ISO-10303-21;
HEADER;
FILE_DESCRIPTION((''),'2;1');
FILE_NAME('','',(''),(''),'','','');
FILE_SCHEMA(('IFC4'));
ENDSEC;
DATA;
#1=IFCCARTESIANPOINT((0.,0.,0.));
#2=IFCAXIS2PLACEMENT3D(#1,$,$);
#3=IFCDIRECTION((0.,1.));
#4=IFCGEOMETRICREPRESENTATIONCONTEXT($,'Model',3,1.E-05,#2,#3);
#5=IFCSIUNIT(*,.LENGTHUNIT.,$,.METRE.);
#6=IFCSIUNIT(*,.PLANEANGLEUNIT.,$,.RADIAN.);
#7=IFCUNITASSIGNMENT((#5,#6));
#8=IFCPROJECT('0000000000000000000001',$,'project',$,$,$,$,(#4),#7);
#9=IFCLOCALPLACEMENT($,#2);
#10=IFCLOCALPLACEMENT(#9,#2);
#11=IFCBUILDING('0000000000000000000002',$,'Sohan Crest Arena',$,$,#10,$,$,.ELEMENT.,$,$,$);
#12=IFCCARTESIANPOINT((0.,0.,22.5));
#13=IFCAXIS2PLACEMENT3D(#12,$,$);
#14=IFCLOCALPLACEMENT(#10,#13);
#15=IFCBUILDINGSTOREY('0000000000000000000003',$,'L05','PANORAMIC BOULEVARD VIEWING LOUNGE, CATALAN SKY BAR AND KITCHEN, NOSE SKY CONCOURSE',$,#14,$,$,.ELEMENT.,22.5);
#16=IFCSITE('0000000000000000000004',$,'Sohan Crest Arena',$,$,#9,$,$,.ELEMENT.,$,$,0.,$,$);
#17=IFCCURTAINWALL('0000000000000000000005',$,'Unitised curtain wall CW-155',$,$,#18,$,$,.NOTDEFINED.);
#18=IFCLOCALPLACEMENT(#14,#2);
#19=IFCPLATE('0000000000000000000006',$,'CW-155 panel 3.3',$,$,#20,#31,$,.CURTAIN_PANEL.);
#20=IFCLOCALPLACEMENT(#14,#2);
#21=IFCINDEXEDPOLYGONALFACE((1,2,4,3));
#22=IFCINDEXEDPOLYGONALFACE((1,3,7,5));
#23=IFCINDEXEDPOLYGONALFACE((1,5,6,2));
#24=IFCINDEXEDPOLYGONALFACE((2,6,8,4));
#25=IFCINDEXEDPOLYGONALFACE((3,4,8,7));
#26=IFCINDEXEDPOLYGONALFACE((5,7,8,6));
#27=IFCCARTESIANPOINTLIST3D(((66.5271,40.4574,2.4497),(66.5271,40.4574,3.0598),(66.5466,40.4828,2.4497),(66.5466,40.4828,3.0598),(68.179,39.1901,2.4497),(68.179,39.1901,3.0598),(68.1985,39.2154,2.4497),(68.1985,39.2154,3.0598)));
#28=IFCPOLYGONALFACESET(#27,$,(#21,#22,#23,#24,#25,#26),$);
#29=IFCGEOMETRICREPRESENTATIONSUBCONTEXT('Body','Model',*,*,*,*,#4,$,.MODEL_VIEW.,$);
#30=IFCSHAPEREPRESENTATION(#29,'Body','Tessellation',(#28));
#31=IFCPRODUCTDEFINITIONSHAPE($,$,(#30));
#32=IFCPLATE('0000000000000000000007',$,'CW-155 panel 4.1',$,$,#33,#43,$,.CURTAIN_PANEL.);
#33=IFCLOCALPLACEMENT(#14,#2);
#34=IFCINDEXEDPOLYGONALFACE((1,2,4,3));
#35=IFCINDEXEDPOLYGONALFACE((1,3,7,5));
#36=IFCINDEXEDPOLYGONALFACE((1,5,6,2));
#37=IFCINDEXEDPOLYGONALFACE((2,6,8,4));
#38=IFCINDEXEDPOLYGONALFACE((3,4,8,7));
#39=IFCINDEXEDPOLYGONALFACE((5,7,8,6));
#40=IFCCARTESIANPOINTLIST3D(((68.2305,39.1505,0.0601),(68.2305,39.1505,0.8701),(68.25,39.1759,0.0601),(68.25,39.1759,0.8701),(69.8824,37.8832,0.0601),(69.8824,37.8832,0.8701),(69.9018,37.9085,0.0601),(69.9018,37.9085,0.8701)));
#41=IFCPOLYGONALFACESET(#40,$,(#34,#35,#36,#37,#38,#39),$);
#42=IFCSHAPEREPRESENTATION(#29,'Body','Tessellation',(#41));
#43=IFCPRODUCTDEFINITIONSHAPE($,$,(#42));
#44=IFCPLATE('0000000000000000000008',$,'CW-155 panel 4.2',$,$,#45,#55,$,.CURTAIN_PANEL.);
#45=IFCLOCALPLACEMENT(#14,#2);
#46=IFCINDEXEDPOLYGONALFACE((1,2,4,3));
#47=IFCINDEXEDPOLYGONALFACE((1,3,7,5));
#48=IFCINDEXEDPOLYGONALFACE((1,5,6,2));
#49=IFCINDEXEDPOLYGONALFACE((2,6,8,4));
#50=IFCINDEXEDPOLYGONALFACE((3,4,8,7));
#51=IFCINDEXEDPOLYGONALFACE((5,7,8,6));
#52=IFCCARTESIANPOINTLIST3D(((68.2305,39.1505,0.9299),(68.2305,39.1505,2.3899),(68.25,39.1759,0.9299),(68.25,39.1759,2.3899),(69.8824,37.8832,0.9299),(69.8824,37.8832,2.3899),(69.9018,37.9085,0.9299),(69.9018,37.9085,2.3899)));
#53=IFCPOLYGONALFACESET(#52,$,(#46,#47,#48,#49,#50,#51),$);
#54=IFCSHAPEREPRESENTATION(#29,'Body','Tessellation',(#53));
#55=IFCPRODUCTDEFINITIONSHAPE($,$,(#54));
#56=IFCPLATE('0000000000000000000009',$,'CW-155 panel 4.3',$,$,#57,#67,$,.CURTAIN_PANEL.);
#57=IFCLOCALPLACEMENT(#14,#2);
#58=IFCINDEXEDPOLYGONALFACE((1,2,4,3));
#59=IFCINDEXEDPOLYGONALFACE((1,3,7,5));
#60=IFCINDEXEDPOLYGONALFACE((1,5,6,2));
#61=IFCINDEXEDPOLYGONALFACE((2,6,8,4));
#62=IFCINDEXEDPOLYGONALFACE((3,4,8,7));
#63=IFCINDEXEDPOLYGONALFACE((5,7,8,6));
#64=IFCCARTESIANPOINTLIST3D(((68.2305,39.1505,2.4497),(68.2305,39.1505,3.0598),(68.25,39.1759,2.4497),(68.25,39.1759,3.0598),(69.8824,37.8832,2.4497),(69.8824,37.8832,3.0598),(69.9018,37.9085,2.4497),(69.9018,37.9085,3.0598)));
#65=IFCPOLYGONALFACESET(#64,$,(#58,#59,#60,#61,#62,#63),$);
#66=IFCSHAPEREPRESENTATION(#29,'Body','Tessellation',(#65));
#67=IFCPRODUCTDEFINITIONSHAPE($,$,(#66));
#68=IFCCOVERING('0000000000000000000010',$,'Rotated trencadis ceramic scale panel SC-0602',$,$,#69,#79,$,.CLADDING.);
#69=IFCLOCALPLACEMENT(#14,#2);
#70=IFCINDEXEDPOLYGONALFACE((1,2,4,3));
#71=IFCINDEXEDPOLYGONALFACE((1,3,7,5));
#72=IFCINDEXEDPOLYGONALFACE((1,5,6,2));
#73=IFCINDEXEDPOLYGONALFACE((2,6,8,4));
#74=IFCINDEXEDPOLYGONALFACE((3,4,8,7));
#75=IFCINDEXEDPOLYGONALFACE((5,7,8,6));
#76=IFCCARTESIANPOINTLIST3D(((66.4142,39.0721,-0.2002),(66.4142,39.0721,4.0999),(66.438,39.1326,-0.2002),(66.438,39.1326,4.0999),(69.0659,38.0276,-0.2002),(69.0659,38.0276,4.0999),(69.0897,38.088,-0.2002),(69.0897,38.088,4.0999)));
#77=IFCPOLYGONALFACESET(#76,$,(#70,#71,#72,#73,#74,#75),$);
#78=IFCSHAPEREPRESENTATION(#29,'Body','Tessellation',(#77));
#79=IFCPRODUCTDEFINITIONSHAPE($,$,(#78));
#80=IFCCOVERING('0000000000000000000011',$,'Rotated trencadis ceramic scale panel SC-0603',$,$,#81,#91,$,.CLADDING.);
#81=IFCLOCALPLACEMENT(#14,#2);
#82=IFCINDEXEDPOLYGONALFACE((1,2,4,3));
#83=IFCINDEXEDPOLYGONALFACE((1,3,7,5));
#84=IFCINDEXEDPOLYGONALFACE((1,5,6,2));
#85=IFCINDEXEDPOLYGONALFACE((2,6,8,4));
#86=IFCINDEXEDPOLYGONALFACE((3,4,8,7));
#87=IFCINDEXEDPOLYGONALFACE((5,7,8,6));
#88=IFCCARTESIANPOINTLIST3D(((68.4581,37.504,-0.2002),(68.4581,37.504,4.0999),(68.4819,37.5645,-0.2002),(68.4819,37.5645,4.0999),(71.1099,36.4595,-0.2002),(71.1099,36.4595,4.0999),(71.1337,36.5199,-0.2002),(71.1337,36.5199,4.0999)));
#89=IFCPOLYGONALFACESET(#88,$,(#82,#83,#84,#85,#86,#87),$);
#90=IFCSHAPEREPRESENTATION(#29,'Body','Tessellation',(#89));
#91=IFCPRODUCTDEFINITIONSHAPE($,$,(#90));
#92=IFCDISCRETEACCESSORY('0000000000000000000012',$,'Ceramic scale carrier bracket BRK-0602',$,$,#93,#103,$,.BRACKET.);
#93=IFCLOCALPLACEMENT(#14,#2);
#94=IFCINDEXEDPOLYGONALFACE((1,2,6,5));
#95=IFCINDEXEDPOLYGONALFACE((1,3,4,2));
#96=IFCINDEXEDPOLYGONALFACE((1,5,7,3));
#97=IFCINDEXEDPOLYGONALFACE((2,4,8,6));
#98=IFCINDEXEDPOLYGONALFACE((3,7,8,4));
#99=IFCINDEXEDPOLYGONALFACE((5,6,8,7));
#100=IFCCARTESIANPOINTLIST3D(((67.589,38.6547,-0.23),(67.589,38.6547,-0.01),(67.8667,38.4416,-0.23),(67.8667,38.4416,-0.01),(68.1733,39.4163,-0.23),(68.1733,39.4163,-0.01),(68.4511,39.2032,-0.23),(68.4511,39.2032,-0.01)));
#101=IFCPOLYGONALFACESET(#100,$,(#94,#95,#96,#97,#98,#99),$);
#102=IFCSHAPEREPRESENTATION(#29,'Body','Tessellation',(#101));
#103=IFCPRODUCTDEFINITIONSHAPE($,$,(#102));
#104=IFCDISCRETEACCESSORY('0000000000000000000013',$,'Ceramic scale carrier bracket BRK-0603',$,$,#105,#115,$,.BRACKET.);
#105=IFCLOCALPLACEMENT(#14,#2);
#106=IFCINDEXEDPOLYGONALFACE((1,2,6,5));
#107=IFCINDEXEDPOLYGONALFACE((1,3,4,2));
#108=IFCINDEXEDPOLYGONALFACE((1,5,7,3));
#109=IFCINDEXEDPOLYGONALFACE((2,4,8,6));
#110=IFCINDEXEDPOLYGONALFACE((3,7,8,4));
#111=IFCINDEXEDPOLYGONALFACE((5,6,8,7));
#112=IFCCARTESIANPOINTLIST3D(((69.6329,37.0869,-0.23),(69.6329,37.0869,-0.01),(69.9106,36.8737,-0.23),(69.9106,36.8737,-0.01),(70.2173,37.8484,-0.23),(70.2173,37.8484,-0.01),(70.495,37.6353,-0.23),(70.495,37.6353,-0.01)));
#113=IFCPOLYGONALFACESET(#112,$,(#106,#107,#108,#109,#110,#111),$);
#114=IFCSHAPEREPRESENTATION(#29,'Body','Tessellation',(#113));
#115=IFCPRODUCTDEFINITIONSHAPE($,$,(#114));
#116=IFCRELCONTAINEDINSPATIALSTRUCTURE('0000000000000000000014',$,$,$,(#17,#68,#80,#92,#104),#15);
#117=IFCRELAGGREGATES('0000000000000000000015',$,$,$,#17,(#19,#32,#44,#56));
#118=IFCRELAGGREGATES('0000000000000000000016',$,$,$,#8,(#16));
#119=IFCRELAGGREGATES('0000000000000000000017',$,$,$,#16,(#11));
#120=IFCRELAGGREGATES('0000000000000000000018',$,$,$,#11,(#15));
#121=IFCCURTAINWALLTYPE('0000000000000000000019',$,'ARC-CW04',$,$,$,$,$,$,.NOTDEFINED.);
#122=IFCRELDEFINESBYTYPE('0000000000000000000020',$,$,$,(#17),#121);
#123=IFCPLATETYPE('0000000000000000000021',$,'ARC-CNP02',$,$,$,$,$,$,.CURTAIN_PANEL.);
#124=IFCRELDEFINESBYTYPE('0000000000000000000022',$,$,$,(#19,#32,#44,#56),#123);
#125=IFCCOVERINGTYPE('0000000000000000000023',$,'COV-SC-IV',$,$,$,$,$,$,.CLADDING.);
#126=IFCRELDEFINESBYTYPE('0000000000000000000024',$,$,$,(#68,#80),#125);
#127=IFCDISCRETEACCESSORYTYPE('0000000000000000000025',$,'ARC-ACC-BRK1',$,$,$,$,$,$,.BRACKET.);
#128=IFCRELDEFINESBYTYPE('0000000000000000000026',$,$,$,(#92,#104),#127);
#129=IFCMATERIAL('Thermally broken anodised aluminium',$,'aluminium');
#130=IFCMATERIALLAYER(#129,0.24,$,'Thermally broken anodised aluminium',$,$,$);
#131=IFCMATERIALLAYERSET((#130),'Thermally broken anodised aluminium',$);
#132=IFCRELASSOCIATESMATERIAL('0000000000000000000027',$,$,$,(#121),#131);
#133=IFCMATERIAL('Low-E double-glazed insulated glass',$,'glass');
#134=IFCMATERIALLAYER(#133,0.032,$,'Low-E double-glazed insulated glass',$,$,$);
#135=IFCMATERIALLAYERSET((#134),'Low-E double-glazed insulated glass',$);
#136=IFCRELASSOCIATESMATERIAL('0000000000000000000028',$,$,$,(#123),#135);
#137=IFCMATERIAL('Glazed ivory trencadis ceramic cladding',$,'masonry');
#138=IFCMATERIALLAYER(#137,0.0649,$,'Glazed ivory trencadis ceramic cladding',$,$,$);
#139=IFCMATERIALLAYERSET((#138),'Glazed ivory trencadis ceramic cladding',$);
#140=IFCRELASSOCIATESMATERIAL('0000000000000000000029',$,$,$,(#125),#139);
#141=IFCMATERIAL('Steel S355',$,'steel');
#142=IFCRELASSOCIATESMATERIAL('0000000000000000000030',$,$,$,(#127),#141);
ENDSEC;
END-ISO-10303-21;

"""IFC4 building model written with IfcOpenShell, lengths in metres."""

from ifc_helpers import new_model, si_unit, direction, frame, origin, origin_2d, place, context, subcontext, project, spatial, rectangle, extrude, material, layer, layer_set, type_object, element, aggregate, save


model = new_model("IFC4")

# Units and contexts
model_context = context("Model", 3, precision=1e-05, world=origin(), true_north=direction((0.0, 1.0)))
body_context = subcontext(model_context, "Body", "Model", "MODEL_VIEW")
ifc_project = project(units=[si_unit("LENGTHUNIT", "METRE"), si_unit("PLANEANGLEUNIT", "RADIAN")], contexts=[model_context])

# Site, building, storey
site_placement = place(None, origin())
site = spatial("IfcSite", under=ifc_project, at=site_placement, Name="Sohan Crest Arena", CompositionType="ELEMENT", RefElevation=0.0)
building_placement = place(site_placement, origin())
building = spatial("IfcBuilding", under=site, at=building_placement, Name="Sohan Crest Arena", CompositionType="ELEMENT")
storey_placement = place(building_placement, frame((0.0, 0.0, 22.5)))
storey = spatial("IfcBuildingStorey", under=building, at=storey_placement, Name="L05", Description="PANORAMIC BOULEVARD VIEWING LOUNGE, CATALAN SKY BAR AND KITCHEN, NOSE SKY CONCOURSE", CompositionType="ELEMENT", Elevation=22.5)

# Curtain wall, plates
ifc_material_1 = material(Name="Thermally broken anodised aluminium", Category="aluminium")
ifc_layer_1 = layer(ifc_material_1, 0.24, Name="Thermally broken anodised aluminium")
ifc_layer_set_1 = layer_set([ifc_layer_1], Name="Thermally broken anodised aluminium")
curtain_wall_type = type_object("IfcCurtainWallType", Name="ARC-CW04", PredefinedType="NOTDEFINED", material=ifc_layer_set_1)
curtain_wall_placement = place(storey_placement, origin())
curtain_wall = element("IfcCurtainWall", 1, at=curtain_wall_placement, inside=storey, type_object=curtain_wall_type, Name="Unitised curtain wall CW-155", PredefinedType="NOTDEFINED")
ifc_material_2 = material(Name="Low-E double-glazed insulated glass", Category="glass")
ifc_layer_2 = layer(ifc_material_2, 0.032, Name="Low-E double-glazed insulated glass")
ifc_layer_set_2 = layer_set([ifc_layer_2], Name="Low-E double-glazed insulated glass")
plate_type = type_object("IfcPlateType", Name="ARC-CNP02", PredefinedType="CURTAIN_PANEL", material=ifc_layer_set_2)
plate_1_placement = place(storey_placement, frame((67.3628, 39.8364, 2.4497), z_axis=(0.0, 0.0, 1.0), x_axis=(0.793385, -0.60872, 0.0)))
plate_1 = element("IfcPlate", 2, at=plate_1_placement, type_object=plate_type, Name="CW-155 panel 3.3", PredefinedType="CURTAIN_PANEL", context=body_context, shape_type="SweptSolid", body=[
    extrude(rectangle(XDim=2.082, YDim=0.032, at=origin_2d()), origin(), (0.0, 0.0, 1.0), 0.6101),
])
plate_2_placement = place(storey_placement, frame((69.0662, 38.5295, 0.0601), z_axis=(0.0, 0.0, 1.0), x_axis=(0.793385, -0.60872, 0.0)))
plate_2 = element("IfcPlate", 3, at=plate_2_placement, type_object=plate_type, Name="CW-155 panel 4.1", PredefinedType="CURTAIN_PANEL", context=body_context, shape_type="SweptSolid", body=[
    extrude(rectangle(XDim=2.082, YDim=0.032, at=origin_2d()), origin(), (0.0, 0.0, 1.0), 0.8101),
])
plate_3_placement = place(storey_placement, frame((69.0662, 38.5295, 0.9299), z_axis=(0.0, 0.0, 1.0), x_axis=(0.793385, -0.60872, 0.0)))
plate_3 = element("IfcPlate", 4, at=plate_3_placement, type_object=plate_type, Name="CW-155 panel 4.2", PredefinedType="CURTAIN_PANEL", context=body_context, shape_type="SweptSolid", body=[
    extrude(rectangle(XDim=2.082, YDim=0.032, at=origin_2d()), origin(), (0.0, 0.0, 1.0), 1.46),
])
plate_4_placement = place(storey_placement, frame((69.0662, 38.5295, 2.4497), z_axis=(0.0, 0.0, 1.0), x_axis=(0.793385, -0.60872, 0.0)))
plate_4 = element("IfcPlate", 5, at=plate_4_placement, type_object=plate_type, Name="CW-155 panel 4.3", PredefinedType="CURTAIN_PANEL", context=body_context, shape_type="SweptSolid", body=[
    extrude(rectangle(XDim=2.082, YDim=0.032, at=origin_2d()), origin(), (0.0, 0.0, 1.0), 0.6101),
])
aggregate(curtain_wall, [plate_1, plate_2, plate_3, plate_4])

# Coverings
ifc_material_3 = material(Name="Glazed ivory trencadis ceramic cladding", Category="masonry")
ifc_layer_3 = layer(ifc_material_3, 0.0649, Name="Glazed ivory trencadis ceramic cladding")
ifc_layer_set_3 = layer_set([ifc_layer_3], Name="Glazed ivory trencadis ceramic cladding")
covering_type = type_object("IfcCoveringType", Name="COV-SC-IV", PredefinedType="CLADDING", material=ifc_layer_set_3)
for number, where, z_axis, x_axis, name in (
    (6, (67.752, 38.5801, -0.2002), (0.0, 0.0, 1.0), (0.930418, -0.366501, 0.0), "Rotated trencadis ceramic scale panel SC-0602"),
    (7, (69.7959, 37.012, -0.2002), (0.0, 0.0, 1.0), (0.930418, -0.366501, 0.0), "Rotated trencadis ceramic scale panel SC-0603"),
):
    element("IfcCovering", number, at=place(storey_placement, frame(where, z_axis=z_axis, x_axis=x_axis)), inside=storey, type_object=covering_type, Name=name, PredefinedType="CLADDING", context=body_context, shape_type="SweptSolid", body=[
        extrude(rectangle(XDim=2.8501, YDim=0.0649, at=origin_2d()), origin(), (0.0, 0.0, 1.0), 4.3),
    ])

# Discrete accessories
ifc_material_4 = material(Name="Steel S355", Category="steel")
discrete_accessory_type = type_object("IfcDiscreteAccessoryType", Name="ARC-ACC-BRK1", PredefinedType="BRACKET", material=ifc_material_4)
for number, where, z_axis, x_axis, name in (
    (8, (68.02, 38.929, -0.23), (0.0, 0.0, 1.0), (0.793353, -0.608761, 0.0), "Ceramic scale carrier bracket BRK-0602"),
    (9, (70.064, 37.3611, -0.23), (0.0, 0.0, 1.0), (0.793353, -0.608761, 0.0), "Ceramic scale carrier bracket BRK-0603"),
):
    element("IfcDiscreteAccessory", number, at=place(storey_placement, frame(where, z_axis=z_axis, x_axis=x_axis)), inside=storey, type_object=discrete_accessory_type, Name=name, PredefinedType="BRACKET", context=body_context, shape_type="SweptSolid", body=[
        extrude(rectangle(XDim=0.3501, YDim=0.96, at=origin_2d()), origin(), (0.0, 0.0, 1.0), 0.22),
    ])

save(model, "model.ifc")
